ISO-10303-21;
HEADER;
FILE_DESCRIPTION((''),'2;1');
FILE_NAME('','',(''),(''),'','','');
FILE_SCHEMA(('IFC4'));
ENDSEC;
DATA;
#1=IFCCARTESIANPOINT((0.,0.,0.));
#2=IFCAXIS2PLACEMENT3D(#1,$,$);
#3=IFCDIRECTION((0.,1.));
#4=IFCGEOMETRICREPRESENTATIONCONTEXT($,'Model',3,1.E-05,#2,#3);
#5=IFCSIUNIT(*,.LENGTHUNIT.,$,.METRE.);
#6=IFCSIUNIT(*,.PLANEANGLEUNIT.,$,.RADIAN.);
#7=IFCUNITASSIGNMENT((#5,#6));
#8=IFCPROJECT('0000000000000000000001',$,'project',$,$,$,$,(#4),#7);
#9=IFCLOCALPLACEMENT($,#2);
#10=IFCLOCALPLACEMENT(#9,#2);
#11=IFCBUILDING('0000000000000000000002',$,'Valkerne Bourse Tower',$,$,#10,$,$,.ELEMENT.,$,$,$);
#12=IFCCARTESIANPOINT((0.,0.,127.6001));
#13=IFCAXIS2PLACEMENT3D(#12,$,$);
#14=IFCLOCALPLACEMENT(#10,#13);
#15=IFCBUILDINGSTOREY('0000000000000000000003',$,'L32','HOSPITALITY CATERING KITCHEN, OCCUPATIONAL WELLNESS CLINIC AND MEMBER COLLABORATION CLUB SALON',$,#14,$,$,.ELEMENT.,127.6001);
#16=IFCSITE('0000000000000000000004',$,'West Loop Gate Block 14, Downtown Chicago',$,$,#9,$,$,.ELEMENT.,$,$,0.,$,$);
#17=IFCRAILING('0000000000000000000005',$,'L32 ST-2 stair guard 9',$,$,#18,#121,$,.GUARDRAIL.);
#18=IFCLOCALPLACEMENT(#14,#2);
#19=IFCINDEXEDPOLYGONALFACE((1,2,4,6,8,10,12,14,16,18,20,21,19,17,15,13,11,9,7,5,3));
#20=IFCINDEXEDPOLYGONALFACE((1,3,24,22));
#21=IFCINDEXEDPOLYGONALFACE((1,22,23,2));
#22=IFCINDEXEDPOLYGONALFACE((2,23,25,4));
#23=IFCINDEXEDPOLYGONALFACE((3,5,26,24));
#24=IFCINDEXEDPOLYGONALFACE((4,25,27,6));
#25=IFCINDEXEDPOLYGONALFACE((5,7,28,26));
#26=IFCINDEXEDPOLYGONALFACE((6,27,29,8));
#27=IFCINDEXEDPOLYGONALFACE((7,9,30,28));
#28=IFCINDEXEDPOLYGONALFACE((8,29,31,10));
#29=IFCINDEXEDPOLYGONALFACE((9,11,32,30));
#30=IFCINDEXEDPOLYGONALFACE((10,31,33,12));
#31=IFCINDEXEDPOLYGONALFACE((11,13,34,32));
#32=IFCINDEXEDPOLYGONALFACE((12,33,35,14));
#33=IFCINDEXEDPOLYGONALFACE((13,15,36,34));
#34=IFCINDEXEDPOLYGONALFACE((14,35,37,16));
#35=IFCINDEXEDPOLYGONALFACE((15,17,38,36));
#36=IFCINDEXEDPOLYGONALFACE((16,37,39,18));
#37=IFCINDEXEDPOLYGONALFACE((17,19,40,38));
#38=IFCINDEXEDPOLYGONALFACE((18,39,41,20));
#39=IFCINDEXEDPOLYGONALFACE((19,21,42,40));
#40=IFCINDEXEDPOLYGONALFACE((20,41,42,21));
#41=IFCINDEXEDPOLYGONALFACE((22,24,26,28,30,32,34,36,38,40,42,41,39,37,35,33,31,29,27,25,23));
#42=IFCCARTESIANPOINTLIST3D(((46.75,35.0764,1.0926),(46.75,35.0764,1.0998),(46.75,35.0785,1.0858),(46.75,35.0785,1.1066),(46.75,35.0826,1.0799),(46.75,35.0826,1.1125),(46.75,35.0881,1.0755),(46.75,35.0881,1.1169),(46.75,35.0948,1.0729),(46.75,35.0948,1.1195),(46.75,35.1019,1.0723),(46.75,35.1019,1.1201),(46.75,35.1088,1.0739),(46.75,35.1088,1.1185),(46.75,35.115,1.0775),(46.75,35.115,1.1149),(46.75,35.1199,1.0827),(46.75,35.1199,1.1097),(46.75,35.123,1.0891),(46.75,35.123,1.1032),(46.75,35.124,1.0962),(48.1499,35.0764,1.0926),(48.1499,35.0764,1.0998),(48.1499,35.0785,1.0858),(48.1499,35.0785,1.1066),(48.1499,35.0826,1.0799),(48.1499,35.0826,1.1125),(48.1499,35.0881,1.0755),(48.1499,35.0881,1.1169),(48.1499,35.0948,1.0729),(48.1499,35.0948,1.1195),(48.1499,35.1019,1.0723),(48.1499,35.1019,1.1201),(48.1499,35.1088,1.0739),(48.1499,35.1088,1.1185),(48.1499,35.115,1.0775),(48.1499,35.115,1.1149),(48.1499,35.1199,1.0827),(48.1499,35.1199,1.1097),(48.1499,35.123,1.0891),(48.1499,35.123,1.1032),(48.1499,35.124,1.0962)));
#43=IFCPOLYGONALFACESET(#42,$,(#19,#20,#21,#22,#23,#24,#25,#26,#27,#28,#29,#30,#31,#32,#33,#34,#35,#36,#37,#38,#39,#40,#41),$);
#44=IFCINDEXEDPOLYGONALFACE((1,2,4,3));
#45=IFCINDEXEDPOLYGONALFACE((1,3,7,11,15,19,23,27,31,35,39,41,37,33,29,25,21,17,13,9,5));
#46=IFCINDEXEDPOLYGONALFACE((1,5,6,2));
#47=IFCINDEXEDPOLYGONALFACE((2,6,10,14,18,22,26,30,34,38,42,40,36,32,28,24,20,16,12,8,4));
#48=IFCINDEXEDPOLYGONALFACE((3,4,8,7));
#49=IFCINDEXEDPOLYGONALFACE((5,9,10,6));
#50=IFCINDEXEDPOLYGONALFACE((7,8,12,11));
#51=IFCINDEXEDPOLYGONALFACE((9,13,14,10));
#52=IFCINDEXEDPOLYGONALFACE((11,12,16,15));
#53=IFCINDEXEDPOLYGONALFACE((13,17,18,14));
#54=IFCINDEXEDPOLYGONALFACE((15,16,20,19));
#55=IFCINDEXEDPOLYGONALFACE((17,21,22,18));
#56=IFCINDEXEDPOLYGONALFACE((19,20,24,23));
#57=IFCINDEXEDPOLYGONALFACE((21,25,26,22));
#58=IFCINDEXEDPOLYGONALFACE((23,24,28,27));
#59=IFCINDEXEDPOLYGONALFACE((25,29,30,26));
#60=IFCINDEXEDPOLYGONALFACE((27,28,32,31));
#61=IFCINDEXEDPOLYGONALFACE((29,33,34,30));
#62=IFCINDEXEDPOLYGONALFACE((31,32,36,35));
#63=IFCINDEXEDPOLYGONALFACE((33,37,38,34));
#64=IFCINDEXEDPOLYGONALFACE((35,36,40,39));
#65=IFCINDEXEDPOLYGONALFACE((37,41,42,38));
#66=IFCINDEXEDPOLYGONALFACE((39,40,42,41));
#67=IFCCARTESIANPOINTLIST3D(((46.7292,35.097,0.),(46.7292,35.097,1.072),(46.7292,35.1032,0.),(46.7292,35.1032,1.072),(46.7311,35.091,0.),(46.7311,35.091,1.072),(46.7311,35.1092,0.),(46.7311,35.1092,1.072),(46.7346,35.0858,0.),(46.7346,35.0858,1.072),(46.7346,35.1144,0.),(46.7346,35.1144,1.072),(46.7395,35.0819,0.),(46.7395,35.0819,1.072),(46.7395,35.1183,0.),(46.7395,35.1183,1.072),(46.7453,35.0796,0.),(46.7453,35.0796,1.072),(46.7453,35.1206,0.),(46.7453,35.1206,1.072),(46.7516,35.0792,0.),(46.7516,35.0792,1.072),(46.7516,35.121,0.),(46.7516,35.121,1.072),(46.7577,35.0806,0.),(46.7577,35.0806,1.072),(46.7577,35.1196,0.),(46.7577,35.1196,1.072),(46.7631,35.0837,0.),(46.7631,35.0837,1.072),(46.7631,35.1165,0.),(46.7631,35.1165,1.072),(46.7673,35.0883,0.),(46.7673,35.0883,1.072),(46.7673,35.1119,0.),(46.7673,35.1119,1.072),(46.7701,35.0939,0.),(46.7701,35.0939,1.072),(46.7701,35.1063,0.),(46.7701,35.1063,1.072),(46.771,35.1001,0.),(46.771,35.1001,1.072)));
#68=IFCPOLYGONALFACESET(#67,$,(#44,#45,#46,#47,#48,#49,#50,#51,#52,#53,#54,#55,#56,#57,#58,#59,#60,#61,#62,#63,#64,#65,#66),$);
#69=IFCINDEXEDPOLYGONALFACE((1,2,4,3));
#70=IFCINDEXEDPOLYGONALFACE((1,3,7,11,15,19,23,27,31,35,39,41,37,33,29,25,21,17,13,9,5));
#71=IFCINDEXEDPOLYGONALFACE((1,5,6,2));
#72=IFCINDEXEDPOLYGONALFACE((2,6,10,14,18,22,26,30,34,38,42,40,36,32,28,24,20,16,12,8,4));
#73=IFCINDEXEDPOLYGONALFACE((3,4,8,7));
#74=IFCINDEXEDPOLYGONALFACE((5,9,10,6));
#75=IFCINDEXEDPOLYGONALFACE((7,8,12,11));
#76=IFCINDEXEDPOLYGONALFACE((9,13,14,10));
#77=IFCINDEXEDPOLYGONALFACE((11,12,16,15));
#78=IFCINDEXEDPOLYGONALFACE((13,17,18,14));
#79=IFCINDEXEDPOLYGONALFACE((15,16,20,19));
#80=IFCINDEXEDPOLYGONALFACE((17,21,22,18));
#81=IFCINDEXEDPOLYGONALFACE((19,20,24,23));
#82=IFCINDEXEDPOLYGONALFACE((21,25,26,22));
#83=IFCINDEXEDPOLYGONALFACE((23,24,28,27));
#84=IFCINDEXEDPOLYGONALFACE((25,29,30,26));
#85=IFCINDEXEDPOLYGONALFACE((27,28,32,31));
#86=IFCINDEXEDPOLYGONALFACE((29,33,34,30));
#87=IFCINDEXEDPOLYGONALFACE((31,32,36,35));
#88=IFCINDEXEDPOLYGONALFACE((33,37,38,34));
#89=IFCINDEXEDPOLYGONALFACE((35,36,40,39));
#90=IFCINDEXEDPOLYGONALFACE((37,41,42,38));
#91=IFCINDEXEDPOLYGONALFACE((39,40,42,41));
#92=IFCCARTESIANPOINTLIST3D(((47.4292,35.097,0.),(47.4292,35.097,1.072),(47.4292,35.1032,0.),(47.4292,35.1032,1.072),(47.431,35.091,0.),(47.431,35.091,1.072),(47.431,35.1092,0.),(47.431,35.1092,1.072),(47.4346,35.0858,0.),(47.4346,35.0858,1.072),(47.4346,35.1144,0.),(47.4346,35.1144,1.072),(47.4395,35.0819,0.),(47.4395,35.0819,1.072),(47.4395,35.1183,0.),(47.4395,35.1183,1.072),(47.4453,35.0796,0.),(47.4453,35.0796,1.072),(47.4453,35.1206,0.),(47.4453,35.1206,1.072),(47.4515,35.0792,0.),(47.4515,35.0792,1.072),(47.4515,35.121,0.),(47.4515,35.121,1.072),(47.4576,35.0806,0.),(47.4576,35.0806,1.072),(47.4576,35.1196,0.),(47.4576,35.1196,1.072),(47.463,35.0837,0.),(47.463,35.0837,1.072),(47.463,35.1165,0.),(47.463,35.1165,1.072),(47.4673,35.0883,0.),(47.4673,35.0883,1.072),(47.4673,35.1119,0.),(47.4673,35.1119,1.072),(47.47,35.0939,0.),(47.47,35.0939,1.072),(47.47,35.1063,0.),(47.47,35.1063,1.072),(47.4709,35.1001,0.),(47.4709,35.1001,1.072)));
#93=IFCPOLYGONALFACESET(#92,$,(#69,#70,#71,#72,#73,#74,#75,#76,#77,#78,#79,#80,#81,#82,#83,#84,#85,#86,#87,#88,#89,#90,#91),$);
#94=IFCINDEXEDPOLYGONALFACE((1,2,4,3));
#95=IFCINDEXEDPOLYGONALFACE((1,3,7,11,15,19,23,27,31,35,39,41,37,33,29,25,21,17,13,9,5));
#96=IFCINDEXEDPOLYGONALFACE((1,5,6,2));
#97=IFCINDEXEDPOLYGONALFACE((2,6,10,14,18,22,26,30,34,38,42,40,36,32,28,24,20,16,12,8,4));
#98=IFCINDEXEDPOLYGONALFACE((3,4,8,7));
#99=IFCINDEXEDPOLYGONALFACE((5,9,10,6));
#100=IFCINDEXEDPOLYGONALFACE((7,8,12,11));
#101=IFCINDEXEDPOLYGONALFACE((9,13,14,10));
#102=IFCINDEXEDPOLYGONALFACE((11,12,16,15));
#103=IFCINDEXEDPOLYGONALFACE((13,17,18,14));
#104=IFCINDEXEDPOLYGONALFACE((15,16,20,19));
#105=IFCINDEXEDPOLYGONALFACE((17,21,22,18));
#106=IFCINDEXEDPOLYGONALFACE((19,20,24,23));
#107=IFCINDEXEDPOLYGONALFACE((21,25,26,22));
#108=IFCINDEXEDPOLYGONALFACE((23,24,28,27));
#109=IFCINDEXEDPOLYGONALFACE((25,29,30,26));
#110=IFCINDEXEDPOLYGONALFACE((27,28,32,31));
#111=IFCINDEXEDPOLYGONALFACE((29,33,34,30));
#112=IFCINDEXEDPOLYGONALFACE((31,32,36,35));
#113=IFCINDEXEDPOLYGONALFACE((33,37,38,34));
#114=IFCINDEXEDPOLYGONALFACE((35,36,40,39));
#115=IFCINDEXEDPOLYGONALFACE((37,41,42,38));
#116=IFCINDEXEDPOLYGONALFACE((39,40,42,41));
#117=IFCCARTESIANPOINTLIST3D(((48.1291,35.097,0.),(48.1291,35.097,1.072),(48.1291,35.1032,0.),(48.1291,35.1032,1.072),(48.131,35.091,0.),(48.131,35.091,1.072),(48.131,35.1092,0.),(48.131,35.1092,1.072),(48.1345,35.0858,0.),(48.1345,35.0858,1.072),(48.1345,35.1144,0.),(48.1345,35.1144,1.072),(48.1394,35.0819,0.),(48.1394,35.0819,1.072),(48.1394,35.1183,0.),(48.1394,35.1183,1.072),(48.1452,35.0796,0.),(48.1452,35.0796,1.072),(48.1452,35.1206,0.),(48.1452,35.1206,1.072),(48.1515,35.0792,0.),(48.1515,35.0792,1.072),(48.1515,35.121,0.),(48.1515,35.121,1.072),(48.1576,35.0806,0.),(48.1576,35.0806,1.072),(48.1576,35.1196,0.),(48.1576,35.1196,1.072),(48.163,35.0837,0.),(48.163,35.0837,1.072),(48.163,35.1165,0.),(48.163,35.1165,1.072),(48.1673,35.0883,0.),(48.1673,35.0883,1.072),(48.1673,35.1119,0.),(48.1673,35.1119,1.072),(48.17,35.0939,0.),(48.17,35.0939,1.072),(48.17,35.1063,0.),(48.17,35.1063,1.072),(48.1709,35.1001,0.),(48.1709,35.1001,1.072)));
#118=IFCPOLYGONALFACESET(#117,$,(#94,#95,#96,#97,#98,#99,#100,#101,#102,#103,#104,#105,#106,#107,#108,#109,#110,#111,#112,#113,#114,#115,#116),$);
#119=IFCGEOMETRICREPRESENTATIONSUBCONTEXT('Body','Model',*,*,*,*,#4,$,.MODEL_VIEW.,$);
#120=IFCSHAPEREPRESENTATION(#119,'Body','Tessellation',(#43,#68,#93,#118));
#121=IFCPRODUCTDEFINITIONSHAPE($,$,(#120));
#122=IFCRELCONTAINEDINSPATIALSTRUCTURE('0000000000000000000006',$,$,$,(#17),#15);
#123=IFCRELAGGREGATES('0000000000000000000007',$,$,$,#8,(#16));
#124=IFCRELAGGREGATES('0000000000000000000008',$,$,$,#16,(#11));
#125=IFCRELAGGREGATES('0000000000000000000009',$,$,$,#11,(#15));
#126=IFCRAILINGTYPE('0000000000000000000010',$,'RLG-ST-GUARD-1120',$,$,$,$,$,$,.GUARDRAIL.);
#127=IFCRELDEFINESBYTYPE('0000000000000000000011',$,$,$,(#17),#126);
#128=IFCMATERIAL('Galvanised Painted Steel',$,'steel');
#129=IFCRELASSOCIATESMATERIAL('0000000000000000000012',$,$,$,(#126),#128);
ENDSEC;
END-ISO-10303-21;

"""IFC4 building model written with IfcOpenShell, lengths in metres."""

from ifc_helpers import new_model, si_unit, direction, frame, origin, origin_2d, place, context, subcontext, project, spatial, circle, extrude, material, type_object, element, save


model = new_model("IFC4")

# Units and contexts
model_context = context("Model", 3, precision=1e-05, world=origin(), true_north=direction((0.0, 1.0)))
body_context = subcontext(model_context, "Body", "Model", "MODEL_VIEW")
ifc_project = project(units=[si_unit("LENGTHUNIT", "METRE"), si_unit("PLANEANGLEUNIT", "RADIAN")], contexts=[model_context])

# Site, building, storey
site_placement = place(None, origin())
site = spatial("IfcSite", under=ifc_project, at=site_placement, Name="West Loop Gate Block 14, Downtown Chicago", CompositionType="ELEMENT", RefElevation=0.0)
building_placement = place(site_placement, origin())
building = spatial("IfcBuilding", under=site, at=building_placement, Name="Valkerne Bourse Tower", CompositionType="ELEMENT")
storey_placement = place(building_placement, frame((0.0, 0.0, 127.6001)))
storey = spatial("IfcBuildingStorey", under=building, at=storey_placement, Name="L32", Description="HOSPITALITY CATERING KITCHEN, OCCUPATIONAL WELLNESS CLINIC AND MEMBER COLLABORATION CLUB SALON", CompositionType="ELEMENT", Elevation=127.6001)

# Shared definitions
ifc_material_1 = material(Name="Galvanised Painted Steel", Category="steel")

# Railing
railing_type_1 = type_object("IfcRailingType", Name="RLG-ST-GUARD-1120", PredefinedType="GUARDRAIL", material=ifc_material_1)
for number, where, name in (
    (1, (46.75, 35.1001, 0.0), "L32 ST-2 stair guard 9"),
):
    element("IfcRailing", number, at=place(storey_placement, frame(where)), inside=storey, type_object=railing_type_1, Name=name, PredefinedType="GUARDRAIL", context=body_context, shape_type="SweptSolid", body=[
        extrude(circle(Radius=0.0239, at=origin_2d()), frame((0.0, 0.0, 1.0962), z_axis=(1.0, 0.0, 0.0), x_axis=(0.0, 1.0, 0.0)), (0.0, 0.0, 1.0), 1.3999),
        extrude(circle(Radius=0.021, at=origin_2d()), origin(), (0.0, 0.0, 1.0), 1.072),
        extrude(circle(Radius=0.021, at=origin_2d()), frame((0.7, 0.0, 0.0)), (0.0, 0.0, 1.0), 1.072),
        extrude(circle(Radius=0.021, at=origin_2d()), frame((1.3999, 0.0, 0.0)), (0.0, 0.0, 1.0), 1.072),
    ])

save(model, "model.ifc")
